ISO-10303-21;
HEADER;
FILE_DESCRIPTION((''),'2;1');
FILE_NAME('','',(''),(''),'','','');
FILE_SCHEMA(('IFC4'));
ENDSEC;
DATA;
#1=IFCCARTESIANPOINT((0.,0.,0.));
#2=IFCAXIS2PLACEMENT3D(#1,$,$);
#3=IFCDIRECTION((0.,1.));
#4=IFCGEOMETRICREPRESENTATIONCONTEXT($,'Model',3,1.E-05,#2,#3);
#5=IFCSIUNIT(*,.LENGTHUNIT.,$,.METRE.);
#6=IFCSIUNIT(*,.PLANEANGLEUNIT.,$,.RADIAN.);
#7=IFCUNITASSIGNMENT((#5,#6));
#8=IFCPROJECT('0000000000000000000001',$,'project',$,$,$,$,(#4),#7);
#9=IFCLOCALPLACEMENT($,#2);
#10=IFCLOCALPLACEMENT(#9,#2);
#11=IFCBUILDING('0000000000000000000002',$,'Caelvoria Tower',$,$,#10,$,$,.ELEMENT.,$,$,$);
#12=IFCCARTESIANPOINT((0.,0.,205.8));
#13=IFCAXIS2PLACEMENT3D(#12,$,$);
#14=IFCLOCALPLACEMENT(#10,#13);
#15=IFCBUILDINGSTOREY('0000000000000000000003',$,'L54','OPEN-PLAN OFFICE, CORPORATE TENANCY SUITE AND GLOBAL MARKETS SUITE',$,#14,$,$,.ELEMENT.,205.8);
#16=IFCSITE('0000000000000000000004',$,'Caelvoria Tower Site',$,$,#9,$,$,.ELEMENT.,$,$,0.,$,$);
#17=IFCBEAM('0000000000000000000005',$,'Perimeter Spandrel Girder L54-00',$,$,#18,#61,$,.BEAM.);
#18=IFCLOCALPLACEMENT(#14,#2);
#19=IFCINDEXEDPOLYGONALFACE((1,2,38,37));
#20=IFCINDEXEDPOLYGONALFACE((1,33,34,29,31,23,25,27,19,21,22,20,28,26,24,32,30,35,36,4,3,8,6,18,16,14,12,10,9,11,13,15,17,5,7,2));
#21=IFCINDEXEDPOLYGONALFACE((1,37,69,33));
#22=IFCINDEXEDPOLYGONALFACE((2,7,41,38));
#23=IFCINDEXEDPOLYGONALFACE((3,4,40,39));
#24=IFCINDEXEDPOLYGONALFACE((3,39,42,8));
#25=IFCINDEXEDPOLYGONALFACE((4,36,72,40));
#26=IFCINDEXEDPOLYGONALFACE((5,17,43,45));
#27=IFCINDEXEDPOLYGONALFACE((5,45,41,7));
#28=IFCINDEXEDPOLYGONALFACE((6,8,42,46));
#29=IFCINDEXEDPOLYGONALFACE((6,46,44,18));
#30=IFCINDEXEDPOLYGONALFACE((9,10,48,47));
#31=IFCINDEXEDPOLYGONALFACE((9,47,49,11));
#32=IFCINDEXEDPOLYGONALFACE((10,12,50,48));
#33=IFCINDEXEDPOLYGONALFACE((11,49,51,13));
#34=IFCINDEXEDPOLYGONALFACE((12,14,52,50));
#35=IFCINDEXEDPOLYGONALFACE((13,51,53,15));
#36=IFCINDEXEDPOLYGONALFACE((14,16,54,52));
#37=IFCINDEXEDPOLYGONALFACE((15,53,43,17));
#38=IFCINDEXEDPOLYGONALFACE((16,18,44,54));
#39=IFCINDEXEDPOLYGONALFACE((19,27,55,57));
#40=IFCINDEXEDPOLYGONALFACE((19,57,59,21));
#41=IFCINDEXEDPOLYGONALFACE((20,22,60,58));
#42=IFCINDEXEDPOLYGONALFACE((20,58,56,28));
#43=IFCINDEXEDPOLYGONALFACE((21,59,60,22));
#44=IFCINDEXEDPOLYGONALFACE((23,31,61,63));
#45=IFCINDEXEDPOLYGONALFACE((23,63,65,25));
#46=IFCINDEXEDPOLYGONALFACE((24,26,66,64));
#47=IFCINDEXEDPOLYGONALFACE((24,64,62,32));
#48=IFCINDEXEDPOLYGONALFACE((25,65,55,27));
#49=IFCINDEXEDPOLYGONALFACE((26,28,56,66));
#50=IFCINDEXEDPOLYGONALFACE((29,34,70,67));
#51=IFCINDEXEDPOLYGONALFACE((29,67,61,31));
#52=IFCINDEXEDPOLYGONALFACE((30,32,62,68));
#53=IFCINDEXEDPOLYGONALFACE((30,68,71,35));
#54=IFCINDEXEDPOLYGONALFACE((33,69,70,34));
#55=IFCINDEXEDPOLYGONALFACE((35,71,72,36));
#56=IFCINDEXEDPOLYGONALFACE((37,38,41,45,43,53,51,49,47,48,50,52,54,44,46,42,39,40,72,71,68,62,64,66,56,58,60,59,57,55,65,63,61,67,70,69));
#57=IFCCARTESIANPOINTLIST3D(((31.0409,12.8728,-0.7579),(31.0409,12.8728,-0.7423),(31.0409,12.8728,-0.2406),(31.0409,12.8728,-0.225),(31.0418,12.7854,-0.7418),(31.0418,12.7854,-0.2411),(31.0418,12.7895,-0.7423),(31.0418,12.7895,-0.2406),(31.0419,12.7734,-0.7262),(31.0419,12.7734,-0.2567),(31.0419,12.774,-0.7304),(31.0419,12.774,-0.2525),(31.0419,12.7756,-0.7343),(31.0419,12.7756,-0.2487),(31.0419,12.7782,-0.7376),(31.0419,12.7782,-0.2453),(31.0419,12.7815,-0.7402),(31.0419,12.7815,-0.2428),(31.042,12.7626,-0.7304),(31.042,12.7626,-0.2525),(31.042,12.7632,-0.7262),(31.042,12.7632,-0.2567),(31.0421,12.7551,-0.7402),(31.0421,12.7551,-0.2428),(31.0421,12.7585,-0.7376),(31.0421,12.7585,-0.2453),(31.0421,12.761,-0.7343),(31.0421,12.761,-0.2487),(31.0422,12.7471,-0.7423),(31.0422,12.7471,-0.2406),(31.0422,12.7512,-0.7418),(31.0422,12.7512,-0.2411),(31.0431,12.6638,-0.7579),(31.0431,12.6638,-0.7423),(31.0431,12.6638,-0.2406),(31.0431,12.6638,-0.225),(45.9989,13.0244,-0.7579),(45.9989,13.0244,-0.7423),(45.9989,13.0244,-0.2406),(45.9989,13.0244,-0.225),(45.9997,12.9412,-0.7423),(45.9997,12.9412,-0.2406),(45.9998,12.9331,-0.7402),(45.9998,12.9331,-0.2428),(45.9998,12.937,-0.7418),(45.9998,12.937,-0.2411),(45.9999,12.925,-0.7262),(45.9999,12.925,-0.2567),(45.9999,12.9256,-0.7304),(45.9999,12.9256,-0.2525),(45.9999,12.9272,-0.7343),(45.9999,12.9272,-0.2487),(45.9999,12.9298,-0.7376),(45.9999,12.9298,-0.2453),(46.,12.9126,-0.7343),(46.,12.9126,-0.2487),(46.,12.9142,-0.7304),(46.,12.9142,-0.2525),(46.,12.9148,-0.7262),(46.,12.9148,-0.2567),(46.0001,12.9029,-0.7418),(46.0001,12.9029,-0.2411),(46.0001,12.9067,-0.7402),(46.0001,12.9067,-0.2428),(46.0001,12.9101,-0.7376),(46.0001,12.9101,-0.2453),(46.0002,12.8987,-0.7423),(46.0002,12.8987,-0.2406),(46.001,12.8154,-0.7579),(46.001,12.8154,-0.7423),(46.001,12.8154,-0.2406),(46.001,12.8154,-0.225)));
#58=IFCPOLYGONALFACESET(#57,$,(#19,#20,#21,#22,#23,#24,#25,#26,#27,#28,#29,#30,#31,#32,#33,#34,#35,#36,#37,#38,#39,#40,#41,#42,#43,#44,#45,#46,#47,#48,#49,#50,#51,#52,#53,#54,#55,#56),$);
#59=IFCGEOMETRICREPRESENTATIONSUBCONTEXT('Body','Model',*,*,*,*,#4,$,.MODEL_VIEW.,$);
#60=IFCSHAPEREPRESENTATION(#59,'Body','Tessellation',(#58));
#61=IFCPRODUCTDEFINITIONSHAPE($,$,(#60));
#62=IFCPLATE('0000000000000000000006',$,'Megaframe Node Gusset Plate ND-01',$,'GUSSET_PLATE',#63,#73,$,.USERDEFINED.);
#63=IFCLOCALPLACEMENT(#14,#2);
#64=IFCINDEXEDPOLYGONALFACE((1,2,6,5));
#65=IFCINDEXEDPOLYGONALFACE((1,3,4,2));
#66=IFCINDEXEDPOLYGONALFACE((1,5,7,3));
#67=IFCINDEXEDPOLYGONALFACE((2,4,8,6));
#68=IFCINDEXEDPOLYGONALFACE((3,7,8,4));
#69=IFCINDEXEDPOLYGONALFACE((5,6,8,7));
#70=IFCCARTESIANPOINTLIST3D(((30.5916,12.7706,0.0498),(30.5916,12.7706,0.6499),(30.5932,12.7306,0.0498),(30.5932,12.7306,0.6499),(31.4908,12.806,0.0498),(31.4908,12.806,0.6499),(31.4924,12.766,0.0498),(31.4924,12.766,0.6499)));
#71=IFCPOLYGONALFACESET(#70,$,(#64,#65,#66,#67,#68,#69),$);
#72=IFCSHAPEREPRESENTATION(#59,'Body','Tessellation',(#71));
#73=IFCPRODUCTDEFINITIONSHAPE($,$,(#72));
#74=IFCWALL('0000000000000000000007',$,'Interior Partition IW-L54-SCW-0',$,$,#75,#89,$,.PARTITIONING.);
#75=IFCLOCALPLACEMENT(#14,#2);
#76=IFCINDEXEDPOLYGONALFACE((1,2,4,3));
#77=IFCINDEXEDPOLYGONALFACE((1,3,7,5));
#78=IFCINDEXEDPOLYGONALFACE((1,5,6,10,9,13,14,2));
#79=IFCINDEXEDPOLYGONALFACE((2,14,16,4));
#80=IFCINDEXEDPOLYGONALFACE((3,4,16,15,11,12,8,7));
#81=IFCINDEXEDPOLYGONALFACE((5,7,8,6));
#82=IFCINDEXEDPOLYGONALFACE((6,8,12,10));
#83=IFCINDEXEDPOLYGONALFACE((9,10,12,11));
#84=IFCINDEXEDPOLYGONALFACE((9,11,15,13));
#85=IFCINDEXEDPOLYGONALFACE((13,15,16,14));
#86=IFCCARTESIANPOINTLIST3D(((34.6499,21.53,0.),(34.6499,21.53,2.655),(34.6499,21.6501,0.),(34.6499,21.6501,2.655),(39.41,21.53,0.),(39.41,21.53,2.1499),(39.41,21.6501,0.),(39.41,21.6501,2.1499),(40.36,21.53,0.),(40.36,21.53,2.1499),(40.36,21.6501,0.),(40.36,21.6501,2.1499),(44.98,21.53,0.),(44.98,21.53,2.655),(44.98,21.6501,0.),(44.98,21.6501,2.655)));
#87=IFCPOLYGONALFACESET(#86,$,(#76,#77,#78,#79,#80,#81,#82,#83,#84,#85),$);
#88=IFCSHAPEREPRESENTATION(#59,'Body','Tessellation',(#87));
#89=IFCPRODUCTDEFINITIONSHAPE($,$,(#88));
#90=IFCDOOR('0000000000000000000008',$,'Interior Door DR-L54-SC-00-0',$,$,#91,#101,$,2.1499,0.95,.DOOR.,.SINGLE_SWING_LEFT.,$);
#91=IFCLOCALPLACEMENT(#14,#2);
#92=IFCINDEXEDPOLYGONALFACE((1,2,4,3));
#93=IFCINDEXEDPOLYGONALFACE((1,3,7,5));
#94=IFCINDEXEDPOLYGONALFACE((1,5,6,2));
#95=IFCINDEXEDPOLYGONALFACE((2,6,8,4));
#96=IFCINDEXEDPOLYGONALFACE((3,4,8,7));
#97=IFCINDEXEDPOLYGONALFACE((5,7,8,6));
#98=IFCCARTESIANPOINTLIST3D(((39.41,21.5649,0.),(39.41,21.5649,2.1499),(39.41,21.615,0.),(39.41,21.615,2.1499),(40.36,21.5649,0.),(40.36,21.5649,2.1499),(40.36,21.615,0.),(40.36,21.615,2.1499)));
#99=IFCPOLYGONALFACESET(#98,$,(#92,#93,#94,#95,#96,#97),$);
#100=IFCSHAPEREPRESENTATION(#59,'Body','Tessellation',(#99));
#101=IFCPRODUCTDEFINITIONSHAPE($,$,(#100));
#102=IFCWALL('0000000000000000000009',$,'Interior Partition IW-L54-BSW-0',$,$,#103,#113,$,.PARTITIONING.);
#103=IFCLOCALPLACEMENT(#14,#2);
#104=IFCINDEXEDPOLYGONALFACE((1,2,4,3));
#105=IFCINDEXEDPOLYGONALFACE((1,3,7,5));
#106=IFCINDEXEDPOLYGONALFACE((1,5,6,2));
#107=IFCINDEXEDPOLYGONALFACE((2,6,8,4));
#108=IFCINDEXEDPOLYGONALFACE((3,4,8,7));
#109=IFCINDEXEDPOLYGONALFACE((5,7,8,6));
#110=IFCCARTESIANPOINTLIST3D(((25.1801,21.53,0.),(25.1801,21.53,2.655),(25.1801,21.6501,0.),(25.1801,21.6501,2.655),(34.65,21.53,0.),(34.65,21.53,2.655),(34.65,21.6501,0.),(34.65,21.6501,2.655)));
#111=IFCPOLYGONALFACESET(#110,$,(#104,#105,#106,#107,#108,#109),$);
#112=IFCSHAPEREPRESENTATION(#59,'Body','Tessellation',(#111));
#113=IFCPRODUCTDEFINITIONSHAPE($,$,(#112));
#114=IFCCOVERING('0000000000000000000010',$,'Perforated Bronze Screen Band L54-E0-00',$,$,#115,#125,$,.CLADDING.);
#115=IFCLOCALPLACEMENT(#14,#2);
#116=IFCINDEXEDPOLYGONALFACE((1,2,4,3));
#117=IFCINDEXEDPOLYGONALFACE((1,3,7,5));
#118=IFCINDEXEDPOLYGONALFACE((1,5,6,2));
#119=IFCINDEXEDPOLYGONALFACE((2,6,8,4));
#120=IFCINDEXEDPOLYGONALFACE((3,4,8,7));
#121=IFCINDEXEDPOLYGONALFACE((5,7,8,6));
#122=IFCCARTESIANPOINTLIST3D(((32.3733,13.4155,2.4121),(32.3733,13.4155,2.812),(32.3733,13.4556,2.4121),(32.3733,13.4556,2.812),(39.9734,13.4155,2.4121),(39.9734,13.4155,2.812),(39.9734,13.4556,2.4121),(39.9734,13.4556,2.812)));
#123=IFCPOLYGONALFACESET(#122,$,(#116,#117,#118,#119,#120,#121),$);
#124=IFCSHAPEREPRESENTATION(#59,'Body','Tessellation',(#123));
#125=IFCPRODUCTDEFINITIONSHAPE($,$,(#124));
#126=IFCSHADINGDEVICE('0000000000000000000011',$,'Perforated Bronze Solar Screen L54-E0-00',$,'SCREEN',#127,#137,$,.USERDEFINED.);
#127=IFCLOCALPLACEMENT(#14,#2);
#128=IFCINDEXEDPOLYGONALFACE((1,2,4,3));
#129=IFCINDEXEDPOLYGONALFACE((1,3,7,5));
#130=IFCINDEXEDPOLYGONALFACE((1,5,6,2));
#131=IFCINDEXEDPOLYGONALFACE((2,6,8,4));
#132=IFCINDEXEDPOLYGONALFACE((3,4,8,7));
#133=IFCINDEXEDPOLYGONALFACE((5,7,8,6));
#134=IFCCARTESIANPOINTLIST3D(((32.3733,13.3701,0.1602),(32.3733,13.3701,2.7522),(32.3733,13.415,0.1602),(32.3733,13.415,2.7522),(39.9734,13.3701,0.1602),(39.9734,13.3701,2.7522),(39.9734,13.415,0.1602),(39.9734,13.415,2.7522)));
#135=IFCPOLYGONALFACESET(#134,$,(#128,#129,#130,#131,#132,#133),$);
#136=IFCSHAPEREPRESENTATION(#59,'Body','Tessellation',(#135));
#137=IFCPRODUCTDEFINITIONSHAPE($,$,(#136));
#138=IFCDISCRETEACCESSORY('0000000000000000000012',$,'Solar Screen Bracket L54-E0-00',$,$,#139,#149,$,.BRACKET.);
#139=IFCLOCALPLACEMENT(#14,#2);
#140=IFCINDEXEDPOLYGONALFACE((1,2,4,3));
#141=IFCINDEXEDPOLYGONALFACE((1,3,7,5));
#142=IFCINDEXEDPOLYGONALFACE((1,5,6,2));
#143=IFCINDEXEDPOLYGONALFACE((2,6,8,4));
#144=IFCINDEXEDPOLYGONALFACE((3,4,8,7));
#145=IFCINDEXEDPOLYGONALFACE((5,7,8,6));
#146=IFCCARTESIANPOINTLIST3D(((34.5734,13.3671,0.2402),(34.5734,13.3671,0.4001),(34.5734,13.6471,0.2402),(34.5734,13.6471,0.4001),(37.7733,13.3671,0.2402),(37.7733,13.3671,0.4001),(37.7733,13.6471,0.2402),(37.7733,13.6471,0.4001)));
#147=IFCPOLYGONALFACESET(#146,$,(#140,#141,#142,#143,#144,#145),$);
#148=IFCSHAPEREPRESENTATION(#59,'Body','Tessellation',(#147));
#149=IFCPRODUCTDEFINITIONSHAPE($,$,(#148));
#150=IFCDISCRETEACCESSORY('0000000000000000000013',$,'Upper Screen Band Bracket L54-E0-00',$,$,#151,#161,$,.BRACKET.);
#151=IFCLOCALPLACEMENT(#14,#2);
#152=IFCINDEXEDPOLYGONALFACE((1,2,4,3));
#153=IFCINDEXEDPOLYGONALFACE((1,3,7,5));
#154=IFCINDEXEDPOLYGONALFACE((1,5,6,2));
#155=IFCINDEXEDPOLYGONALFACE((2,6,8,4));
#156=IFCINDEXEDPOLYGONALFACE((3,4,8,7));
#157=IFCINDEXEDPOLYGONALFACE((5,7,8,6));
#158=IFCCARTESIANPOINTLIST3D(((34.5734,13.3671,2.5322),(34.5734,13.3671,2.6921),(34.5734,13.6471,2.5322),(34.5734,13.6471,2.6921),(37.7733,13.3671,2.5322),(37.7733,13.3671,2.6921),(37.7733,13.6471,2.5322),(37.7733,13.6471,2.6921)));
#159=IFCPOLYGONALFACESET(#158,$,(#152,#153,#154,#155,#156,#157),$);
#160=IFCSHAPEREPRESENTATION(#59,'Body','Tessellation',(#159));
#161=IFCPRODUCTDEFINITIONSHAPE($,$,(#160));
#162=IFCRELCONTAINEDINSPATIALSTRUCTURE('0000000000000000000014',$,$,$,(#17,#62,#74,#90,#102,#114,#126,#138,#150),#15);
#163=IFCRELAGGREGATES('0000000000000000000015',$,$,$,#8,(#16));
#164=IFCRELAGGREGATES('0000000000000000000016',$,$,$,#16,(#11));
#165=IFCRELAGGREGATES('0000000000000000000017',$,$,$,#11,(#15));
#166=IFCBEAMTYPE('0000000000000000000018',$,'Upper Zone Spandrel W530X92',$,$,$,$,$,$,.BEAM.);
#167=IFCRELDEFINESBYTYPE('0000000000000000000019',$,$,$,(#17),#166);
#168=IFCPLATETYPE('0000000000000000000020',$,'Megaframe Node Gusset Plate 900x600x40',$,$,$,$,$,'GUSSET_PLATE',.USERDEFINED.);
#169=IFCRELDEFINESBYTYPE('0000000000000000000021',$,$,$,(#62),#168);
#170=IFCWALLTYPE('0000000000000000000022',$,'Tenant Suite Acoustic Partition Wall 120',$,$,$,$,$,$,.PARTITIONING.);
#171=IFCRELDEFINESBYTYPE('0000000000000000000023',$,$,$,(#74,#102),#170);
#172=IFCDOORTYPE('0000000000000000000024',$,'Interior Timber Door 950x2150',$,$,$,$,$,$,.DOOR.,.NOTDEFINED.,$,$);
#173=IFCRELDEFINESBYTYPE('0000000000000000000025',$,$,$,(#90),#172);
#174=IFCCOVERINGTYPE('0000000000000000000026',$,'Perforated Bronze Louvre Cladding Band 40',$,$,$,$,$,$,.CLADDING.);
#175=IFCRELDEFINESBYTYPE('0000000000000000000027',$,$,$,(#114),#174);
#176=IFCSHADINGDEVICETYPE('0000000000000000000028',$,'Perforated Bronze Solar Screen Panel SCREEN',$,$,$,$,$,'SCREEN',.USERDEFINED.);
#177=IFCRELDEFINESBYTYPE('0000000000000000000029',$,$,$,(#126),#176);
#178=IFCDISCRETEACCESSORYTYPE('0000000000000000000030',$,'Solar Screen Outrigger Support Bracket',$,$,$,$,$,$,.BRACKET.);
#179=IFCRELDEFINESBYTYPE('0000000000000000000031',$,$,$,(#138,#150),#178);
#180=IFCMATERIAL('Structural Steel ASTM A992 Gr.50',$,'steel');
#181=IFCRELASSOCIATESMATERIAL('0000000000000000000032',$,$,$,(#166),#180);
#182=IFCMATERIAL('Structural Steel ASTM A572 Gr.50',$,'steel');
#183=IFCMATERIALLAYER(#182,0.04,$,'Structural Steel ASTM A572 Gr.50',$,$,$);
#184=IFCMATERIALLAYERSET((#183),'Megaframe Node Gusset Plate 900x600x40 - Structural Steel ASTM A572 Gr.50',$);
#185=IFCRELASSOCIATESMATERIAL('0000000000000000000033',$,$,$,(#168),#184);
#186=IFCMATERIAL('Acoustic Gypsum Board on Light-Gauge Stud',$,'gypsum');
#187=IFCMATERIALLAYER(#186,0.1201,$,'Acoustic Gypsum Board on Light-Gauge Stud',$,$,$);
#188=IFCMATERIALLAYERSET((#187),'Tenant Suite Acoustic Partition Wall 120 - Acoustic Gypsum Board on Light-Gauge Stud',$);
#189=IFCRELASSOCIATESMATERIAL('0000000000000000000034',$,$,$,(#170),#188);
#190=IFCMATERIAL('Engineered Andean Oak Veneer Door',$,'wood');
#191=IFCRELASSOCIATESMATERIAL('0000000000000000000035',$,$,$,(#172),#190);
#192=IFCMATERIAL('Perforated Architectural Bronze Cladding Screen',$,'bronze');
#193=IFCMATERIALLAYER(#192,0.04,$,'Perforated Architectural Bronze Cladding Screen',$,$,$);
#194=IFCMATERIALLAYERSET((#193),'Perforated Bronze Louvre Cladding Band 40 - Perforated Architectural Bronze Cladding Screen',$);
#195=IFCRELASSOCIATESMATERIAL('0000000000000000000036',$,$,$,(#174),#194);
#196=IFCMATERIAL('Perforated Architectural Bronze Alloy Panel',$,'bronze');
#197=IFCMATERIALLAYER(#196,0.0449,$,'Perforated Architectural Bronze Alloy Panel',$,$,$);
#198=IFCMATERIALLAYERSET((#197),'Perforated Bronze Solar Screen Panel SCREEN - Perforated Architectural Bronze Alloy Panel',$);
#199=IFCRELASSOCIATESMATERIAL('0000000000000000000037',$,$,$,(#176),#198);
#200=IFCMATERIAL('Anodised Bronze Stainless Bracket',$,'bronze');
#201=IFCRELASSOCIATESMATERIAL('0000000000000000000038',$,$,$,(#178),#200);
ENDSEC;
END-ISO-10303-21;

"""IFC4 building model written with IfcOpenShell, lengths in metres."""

from ifc_helpers import new_model, si_unit, direction, frame, frame_2d, origin, origin_2d, place, context, subcontext, project, spatial, rectangle, i_section, extrude, material, layer, layer_set, material_profile, profile_set, type_object, element, fill, save


model = new_model("IFC4")

# Units and contexts
model_context = context("Model", 3, precision=1e-05, world=origin(), true_north=direction((0.0, 1.0)))
body_context = subcontext(model_context, "Body", "Model", "MODEL_VIEW")
ifc_project = project(units=[si_unit("LENGTHUNIT", "METRE"), si_unit("PLANEANGLEUNIT", "RADIAN")], contexts=[model_context])

# Site, building, storey
site_placement = place(None, origin())
site = spatial("IfcSite", under=ifc_project, at=site_placement, Name="Caelvoria Tower Site", CompositionType="ELEMENT", RefElevation=0.0)
building_placement = place(site_placement, origin())
building = spatial("IfcBuilding", under=site, at=building_placement, Name="Caelvoria Tower", CompositionType="ELEMENT")
storey_placement = place(building_placement, frame((0.0, 0.0, 205.8)))
storey = spatial("IfcBuildingStorey", under=building, at=storey_placement, Name="L54", Description="OPEN-PLAN OFFICE, CORPORATE TENANCY SUITE AND GLOBAL MARKETS SUITE", CompositionType="ELEMENT", Elevation=205.8)

# Shared definitions
ifc_material_1 = material(Name="Structural Steel ASTM A572 Gr.50", Category="steel")
ifc_material_2 = material(Name="Structural Steel ASTM A992 Gr.50", Category="steel")

# Beam
ifc_material_profile_1 = material_profile(ifc_material_2, i_section(OverallWidth=0.209, OverallDepth=0.533, WebThickness=0.0103, FlangeThickness=0.0156, FilletRadius=0.0161, at=origin_2d()), Name="Structural Steel ASTM A992 Gr.50")
ifc_profile_set_1 = profile_set([ifc_material_profile_1], Name="W530X92 - Structural Steel ASTM A992 Gr.50")
beam_type_1 = type_object("IfcBeamType", Name="Upper Zone Spandrel W530X92", PredefinedType="BEAM", material=ifc_profile_set_1)
beam_1_placement = place(storey_placement, frame((31.042, 12.7683, -0.4915), z_axis=(0.999949, 0.010135, 0.0), x_axis=(-0.010135, 0.999949, 0.0)))
element("IfcBeam", 1, at=beam_1_placement, inside=storey, type_object=beam_type_1, Name="Perimeter Spandrel Girder L54-00", PredefinedType="BEAM", context=body_context, shape_type="SweptSolid", body=[
    extrude(i_section(OverallWidth=0.209, OverallDepth=0.533, WebThickness=0.0103, FlangeThickness=0.0156, FilletRadius=0.0161, at=origin_2d()), origin(), (0.0, 0.0, 1.0), 14.9587),
])

# Plate
ifc_layer_1 = layer(ifc_material_1, 0.04, Name="Structural Steel ASTM A572 Gr.50")
ifc_layer_set_1 = layer_set([ifc_layer_1], Name="Megaframe Node Gusset Plate 900x600x40 - Structural Steel ASTM A572 Gr.50")
plate_type = type_object("IfcPlateType", Name="Megaframe Node Gusset Plate 900x600x40", ElementType="GUSSET_PLATE", PredefinedType="USERDEFINED", material=ifc_layer_set_1)
plate_placement = place(storey_placement, frame((31.042, 12.7683, 0.0498), z_axis=(0.0, 0.0, 1.0), x_axis=(0.999228, 0.039286, 0.0)))
element("IfcPlate", 2, at=plate_placement, inside=storey, type_object=plate_type, Name="Megaframe Node Gusset Plate ND-01", ObjectType="GUSSET_PLATE", PredefinedType="USERDEFINED", context=body_context, shape_type="SweptSolid", body=[
    extrude(rectangle(XDim=0.8999, YDim=0.04, at=origin_2d()), origin(), (0.0, 0.0, 1.0), 0.6001),
])

# Wall, opening, door
ifc_material_3 = material(Name="Acoustic Gypsum Board on Light-Gauge Stud", Category="gypsum")
ifc_layer_2 = layer(ifc_material_3, 0.1201, Name="Acoustic Gypsum Board on Light-Gauge Stud")
ifc_layer_set_2 = layer_set([ifc_layer_2], Name="Tenant Suite Acoustic Partition Wall 120 - Acoustic Gypsum Board on Light-Gauge Stud")
wall_type = type_object("IfcWallType", Name="Tenant Suite Acoustic Partition Wall 120", PredefinedType="PARTITIONING", material=ifc_layer_set_2)
wall_1_placement = place(storey_placement, frame((34.6499, 21.5901, 0.0), z_axis=(0.0, 0.0, 1.0), x_axis=(1.0, 0.0, 0.0)))
wall_1 = element("IfcWall", 3, at=wall_1_placement, inside=storey, type_object=wall_type, Name="Interior Partition IW-L54-SCW-0", PredefinedType="PARTITIONING", context=body_context, shape_type="SweptSolid", body=[
    extrude(rectangle(XDim=10.3301, YDim=0.1201, at=frame_2d((5.165, 0.0))), origin(), (0.0, 0.0, 1.0), 2.655),
])
opening_placement = place(wall_1_placement, frame((4.76, 0.0, 0.0)))
opening = element("IfcOpeningElement", 4, at=opening_placement, cuts=wall_1, PredefinedType="OPENING", context=body_context, shape_type="SweptSolid", body=[
    extrude(rectangle(XDim=0.95, YDim=2.1499, at=frame_2d((0.4751, 1.075))), frame((0.0, 0.0701, 0.0), z_axis=(0.0, -1.0, 0.0), x_axis=(1.0, 0.0, 0.0)), (0.0, 0.0, 1.0), 0.1401),
])
ifc_material_4 = material(Name="Engineered Andean Oak Veneer Door", Category="wood")
door_type = type_object("IfcDoorType", Name="Interior Timber Door 950x2150", OperationType="NOTDEFINED", PredefinedType="DOOR", material=ifc_material_4)
door_placement = place(opening_placement, origin())
door = element("IfcDoor", 5, at=door_placement, inside=storey, type_object=door_type, Name="Interior Door DR-L54-SC-00-0", OperationType="SINGLE_SWING_LEFT", OverallHeight=2.1499, OverallWidth=0.95, PredefinedType="DOOR", context=body_context, shape_type="SweptSolid", body=[
    extrude(rectangle(XDim=0.95, YDim=2.1499, at=frame_2d((0.4751, 1.075))), frame((0.0, 0.0249, 0.0), z_axis=(0.0, -1.0, 0.0), x_axis=(1.0, 0.0, 0.0)), (0.0, 0.0, 1.0), 0.05),
])
fill(opening, door)

# Wall
wall_2_placement = place(storey_placement, frame((34.6499, 21.5901, 0.0), z_axis=(0.0, 0.0, 1.0), x_axis=(-1.0, 0.0, 0.0)))
element("IfcWall", 6, at=wall_2_placement, inside=storey, type_object=wall_type, Name="Interior Partition IW-L54-BSW-0", PredefinedType="PARTITIONING", context=body_context, shape_type="SweptSolid", body=[
    extrude(rectangle(XDim=9.47, YDim=0.1201, at=frame_2d((4.7349, 0.0))), origin(), (0.0, 0.0, 1.0), 2.655),
])

# Covering
ifc_material_5 = material(Name="Perforated Architectural Bronze Cladding Screen", Category="bronze")
ifc_layer_3 = layer(ifc_material_5, 0.04, Name="Perforated Architectural Bronze Cladding Screen")
ifc_layer_set_3 = layer_set([ifc_layer_3], Name="Perforated Bronze Louvre Cladding Band 40 - Perforated Architectural Bronze Cladding Screen")
covering_type = type_object("IfcCoveringType", Name="Perforated Bronze Louvre Cladding Band 40", PredefinedType="CLADDING", material=ifc_layer_set_3)
covering_placement = place(storey_placement, frame((36.1733, 13.4355, 2.4121), z_axis=(0.0, 0.0, 1.0), x_axis=(1.0, 0.0, 0.0)))
element("IfcCovering", 7, at=covering_placement, inside=storey, type_object=covering_type, Name="Perforated Bronze Screen Band L54-E0-00", PredefinedType="CLADDING", context=body_context, shape_type="SweptSolid", body=[
    extrude(rectangle(XDim=7.6001, YDim=0.04, at=origin_2d()), origin(), (0.0, 0.0, 1.0), 0.3999),
])

# Shading device
ifc_material_6 = material(Name="Perforated Architectural Bronze Alloy Panel", Category="bronze")
ifc_layer_4 = layer(ifc_material_6, 0.0449, Name="Perforated Architectural Bronze Alloy Panel")
ifc_layer_set_4 = layer_set([ifc_layer_4], Name="Perforated Bronze Solar Screen Panel SCREEN - Perforated Architectural Bronze Alloy Panel")
shading_device_type = type_object("IfcShadingDeviceType", Name="Perforated Bronze Solar Screen Panel SCREEN", ElementType="SCREEN", PredefinedType="USERDEFINED", material=ifc_layer_set_4)
shading_device_placement = place(storey_placement, frame((36.1733, 13.3926, 0.1602), z_axis=(0.0, 0.0, 1.0), x_axis=(1.0, 0.0, 0.0)))
element("IfcShadingDevice", 8, at=shading_device_placement, inside=storey, type_object=shading_device_type, Name="Perforated Bronze Solar Screen L54-E0-00", ObjectType="SCREEN", PredefinedType="USERDEFINED", context=body_context, shape_type="SweptSolid", body=[
    extrude(rectangle(XDim=7.6001, YDim=0.0449, at=origin_2d()), origin(), (0.0, 0.0, 1.0), 2.592),
])

# Discrete accessories
ifc_material_7 = material(Name="Anodised Bronze Stainless Bracket", Category="bronze")
discrete_accessory_type = type_object("IfcDiscreteAccessoryType", Name="Solar Screen Outrigger Support Bracket", PredefinedType="BRACKET", material=ifc_material_7)
for number, where, z_axis, x_axis, name in (
    (9, (36.1733, 13.5071, 0.2402), (0.0, 0.0, 1.0), (1.0, 0.0, 0.0), "Solar Screen Bracket L54-E0-00"),
    (10, (36.1733, 13.5071, 2.5322), (0.0, 0.0, 1.0), (1.0, 0.0, 0.0), "Upper Screen Band Bracket L54-E0-00"),
):
    element("IfcDiscreteAccessory", number, at=place(storey_placement, frame(where, z_axis=z_axis, x_axis=x_axis)), inside=storey, type_object=discrete_accessory_type, Name=name, PredefinedType="BRACKET", context=body_context, shape_type="SweptSolid", body=[
        extrude(rectangle(XDim=3.2, YDim=0.28, at=origin_2d()), origin(), (0.0, 0.0, 1.0), 0.1599),
    ])

save(model, "model.ifc")
